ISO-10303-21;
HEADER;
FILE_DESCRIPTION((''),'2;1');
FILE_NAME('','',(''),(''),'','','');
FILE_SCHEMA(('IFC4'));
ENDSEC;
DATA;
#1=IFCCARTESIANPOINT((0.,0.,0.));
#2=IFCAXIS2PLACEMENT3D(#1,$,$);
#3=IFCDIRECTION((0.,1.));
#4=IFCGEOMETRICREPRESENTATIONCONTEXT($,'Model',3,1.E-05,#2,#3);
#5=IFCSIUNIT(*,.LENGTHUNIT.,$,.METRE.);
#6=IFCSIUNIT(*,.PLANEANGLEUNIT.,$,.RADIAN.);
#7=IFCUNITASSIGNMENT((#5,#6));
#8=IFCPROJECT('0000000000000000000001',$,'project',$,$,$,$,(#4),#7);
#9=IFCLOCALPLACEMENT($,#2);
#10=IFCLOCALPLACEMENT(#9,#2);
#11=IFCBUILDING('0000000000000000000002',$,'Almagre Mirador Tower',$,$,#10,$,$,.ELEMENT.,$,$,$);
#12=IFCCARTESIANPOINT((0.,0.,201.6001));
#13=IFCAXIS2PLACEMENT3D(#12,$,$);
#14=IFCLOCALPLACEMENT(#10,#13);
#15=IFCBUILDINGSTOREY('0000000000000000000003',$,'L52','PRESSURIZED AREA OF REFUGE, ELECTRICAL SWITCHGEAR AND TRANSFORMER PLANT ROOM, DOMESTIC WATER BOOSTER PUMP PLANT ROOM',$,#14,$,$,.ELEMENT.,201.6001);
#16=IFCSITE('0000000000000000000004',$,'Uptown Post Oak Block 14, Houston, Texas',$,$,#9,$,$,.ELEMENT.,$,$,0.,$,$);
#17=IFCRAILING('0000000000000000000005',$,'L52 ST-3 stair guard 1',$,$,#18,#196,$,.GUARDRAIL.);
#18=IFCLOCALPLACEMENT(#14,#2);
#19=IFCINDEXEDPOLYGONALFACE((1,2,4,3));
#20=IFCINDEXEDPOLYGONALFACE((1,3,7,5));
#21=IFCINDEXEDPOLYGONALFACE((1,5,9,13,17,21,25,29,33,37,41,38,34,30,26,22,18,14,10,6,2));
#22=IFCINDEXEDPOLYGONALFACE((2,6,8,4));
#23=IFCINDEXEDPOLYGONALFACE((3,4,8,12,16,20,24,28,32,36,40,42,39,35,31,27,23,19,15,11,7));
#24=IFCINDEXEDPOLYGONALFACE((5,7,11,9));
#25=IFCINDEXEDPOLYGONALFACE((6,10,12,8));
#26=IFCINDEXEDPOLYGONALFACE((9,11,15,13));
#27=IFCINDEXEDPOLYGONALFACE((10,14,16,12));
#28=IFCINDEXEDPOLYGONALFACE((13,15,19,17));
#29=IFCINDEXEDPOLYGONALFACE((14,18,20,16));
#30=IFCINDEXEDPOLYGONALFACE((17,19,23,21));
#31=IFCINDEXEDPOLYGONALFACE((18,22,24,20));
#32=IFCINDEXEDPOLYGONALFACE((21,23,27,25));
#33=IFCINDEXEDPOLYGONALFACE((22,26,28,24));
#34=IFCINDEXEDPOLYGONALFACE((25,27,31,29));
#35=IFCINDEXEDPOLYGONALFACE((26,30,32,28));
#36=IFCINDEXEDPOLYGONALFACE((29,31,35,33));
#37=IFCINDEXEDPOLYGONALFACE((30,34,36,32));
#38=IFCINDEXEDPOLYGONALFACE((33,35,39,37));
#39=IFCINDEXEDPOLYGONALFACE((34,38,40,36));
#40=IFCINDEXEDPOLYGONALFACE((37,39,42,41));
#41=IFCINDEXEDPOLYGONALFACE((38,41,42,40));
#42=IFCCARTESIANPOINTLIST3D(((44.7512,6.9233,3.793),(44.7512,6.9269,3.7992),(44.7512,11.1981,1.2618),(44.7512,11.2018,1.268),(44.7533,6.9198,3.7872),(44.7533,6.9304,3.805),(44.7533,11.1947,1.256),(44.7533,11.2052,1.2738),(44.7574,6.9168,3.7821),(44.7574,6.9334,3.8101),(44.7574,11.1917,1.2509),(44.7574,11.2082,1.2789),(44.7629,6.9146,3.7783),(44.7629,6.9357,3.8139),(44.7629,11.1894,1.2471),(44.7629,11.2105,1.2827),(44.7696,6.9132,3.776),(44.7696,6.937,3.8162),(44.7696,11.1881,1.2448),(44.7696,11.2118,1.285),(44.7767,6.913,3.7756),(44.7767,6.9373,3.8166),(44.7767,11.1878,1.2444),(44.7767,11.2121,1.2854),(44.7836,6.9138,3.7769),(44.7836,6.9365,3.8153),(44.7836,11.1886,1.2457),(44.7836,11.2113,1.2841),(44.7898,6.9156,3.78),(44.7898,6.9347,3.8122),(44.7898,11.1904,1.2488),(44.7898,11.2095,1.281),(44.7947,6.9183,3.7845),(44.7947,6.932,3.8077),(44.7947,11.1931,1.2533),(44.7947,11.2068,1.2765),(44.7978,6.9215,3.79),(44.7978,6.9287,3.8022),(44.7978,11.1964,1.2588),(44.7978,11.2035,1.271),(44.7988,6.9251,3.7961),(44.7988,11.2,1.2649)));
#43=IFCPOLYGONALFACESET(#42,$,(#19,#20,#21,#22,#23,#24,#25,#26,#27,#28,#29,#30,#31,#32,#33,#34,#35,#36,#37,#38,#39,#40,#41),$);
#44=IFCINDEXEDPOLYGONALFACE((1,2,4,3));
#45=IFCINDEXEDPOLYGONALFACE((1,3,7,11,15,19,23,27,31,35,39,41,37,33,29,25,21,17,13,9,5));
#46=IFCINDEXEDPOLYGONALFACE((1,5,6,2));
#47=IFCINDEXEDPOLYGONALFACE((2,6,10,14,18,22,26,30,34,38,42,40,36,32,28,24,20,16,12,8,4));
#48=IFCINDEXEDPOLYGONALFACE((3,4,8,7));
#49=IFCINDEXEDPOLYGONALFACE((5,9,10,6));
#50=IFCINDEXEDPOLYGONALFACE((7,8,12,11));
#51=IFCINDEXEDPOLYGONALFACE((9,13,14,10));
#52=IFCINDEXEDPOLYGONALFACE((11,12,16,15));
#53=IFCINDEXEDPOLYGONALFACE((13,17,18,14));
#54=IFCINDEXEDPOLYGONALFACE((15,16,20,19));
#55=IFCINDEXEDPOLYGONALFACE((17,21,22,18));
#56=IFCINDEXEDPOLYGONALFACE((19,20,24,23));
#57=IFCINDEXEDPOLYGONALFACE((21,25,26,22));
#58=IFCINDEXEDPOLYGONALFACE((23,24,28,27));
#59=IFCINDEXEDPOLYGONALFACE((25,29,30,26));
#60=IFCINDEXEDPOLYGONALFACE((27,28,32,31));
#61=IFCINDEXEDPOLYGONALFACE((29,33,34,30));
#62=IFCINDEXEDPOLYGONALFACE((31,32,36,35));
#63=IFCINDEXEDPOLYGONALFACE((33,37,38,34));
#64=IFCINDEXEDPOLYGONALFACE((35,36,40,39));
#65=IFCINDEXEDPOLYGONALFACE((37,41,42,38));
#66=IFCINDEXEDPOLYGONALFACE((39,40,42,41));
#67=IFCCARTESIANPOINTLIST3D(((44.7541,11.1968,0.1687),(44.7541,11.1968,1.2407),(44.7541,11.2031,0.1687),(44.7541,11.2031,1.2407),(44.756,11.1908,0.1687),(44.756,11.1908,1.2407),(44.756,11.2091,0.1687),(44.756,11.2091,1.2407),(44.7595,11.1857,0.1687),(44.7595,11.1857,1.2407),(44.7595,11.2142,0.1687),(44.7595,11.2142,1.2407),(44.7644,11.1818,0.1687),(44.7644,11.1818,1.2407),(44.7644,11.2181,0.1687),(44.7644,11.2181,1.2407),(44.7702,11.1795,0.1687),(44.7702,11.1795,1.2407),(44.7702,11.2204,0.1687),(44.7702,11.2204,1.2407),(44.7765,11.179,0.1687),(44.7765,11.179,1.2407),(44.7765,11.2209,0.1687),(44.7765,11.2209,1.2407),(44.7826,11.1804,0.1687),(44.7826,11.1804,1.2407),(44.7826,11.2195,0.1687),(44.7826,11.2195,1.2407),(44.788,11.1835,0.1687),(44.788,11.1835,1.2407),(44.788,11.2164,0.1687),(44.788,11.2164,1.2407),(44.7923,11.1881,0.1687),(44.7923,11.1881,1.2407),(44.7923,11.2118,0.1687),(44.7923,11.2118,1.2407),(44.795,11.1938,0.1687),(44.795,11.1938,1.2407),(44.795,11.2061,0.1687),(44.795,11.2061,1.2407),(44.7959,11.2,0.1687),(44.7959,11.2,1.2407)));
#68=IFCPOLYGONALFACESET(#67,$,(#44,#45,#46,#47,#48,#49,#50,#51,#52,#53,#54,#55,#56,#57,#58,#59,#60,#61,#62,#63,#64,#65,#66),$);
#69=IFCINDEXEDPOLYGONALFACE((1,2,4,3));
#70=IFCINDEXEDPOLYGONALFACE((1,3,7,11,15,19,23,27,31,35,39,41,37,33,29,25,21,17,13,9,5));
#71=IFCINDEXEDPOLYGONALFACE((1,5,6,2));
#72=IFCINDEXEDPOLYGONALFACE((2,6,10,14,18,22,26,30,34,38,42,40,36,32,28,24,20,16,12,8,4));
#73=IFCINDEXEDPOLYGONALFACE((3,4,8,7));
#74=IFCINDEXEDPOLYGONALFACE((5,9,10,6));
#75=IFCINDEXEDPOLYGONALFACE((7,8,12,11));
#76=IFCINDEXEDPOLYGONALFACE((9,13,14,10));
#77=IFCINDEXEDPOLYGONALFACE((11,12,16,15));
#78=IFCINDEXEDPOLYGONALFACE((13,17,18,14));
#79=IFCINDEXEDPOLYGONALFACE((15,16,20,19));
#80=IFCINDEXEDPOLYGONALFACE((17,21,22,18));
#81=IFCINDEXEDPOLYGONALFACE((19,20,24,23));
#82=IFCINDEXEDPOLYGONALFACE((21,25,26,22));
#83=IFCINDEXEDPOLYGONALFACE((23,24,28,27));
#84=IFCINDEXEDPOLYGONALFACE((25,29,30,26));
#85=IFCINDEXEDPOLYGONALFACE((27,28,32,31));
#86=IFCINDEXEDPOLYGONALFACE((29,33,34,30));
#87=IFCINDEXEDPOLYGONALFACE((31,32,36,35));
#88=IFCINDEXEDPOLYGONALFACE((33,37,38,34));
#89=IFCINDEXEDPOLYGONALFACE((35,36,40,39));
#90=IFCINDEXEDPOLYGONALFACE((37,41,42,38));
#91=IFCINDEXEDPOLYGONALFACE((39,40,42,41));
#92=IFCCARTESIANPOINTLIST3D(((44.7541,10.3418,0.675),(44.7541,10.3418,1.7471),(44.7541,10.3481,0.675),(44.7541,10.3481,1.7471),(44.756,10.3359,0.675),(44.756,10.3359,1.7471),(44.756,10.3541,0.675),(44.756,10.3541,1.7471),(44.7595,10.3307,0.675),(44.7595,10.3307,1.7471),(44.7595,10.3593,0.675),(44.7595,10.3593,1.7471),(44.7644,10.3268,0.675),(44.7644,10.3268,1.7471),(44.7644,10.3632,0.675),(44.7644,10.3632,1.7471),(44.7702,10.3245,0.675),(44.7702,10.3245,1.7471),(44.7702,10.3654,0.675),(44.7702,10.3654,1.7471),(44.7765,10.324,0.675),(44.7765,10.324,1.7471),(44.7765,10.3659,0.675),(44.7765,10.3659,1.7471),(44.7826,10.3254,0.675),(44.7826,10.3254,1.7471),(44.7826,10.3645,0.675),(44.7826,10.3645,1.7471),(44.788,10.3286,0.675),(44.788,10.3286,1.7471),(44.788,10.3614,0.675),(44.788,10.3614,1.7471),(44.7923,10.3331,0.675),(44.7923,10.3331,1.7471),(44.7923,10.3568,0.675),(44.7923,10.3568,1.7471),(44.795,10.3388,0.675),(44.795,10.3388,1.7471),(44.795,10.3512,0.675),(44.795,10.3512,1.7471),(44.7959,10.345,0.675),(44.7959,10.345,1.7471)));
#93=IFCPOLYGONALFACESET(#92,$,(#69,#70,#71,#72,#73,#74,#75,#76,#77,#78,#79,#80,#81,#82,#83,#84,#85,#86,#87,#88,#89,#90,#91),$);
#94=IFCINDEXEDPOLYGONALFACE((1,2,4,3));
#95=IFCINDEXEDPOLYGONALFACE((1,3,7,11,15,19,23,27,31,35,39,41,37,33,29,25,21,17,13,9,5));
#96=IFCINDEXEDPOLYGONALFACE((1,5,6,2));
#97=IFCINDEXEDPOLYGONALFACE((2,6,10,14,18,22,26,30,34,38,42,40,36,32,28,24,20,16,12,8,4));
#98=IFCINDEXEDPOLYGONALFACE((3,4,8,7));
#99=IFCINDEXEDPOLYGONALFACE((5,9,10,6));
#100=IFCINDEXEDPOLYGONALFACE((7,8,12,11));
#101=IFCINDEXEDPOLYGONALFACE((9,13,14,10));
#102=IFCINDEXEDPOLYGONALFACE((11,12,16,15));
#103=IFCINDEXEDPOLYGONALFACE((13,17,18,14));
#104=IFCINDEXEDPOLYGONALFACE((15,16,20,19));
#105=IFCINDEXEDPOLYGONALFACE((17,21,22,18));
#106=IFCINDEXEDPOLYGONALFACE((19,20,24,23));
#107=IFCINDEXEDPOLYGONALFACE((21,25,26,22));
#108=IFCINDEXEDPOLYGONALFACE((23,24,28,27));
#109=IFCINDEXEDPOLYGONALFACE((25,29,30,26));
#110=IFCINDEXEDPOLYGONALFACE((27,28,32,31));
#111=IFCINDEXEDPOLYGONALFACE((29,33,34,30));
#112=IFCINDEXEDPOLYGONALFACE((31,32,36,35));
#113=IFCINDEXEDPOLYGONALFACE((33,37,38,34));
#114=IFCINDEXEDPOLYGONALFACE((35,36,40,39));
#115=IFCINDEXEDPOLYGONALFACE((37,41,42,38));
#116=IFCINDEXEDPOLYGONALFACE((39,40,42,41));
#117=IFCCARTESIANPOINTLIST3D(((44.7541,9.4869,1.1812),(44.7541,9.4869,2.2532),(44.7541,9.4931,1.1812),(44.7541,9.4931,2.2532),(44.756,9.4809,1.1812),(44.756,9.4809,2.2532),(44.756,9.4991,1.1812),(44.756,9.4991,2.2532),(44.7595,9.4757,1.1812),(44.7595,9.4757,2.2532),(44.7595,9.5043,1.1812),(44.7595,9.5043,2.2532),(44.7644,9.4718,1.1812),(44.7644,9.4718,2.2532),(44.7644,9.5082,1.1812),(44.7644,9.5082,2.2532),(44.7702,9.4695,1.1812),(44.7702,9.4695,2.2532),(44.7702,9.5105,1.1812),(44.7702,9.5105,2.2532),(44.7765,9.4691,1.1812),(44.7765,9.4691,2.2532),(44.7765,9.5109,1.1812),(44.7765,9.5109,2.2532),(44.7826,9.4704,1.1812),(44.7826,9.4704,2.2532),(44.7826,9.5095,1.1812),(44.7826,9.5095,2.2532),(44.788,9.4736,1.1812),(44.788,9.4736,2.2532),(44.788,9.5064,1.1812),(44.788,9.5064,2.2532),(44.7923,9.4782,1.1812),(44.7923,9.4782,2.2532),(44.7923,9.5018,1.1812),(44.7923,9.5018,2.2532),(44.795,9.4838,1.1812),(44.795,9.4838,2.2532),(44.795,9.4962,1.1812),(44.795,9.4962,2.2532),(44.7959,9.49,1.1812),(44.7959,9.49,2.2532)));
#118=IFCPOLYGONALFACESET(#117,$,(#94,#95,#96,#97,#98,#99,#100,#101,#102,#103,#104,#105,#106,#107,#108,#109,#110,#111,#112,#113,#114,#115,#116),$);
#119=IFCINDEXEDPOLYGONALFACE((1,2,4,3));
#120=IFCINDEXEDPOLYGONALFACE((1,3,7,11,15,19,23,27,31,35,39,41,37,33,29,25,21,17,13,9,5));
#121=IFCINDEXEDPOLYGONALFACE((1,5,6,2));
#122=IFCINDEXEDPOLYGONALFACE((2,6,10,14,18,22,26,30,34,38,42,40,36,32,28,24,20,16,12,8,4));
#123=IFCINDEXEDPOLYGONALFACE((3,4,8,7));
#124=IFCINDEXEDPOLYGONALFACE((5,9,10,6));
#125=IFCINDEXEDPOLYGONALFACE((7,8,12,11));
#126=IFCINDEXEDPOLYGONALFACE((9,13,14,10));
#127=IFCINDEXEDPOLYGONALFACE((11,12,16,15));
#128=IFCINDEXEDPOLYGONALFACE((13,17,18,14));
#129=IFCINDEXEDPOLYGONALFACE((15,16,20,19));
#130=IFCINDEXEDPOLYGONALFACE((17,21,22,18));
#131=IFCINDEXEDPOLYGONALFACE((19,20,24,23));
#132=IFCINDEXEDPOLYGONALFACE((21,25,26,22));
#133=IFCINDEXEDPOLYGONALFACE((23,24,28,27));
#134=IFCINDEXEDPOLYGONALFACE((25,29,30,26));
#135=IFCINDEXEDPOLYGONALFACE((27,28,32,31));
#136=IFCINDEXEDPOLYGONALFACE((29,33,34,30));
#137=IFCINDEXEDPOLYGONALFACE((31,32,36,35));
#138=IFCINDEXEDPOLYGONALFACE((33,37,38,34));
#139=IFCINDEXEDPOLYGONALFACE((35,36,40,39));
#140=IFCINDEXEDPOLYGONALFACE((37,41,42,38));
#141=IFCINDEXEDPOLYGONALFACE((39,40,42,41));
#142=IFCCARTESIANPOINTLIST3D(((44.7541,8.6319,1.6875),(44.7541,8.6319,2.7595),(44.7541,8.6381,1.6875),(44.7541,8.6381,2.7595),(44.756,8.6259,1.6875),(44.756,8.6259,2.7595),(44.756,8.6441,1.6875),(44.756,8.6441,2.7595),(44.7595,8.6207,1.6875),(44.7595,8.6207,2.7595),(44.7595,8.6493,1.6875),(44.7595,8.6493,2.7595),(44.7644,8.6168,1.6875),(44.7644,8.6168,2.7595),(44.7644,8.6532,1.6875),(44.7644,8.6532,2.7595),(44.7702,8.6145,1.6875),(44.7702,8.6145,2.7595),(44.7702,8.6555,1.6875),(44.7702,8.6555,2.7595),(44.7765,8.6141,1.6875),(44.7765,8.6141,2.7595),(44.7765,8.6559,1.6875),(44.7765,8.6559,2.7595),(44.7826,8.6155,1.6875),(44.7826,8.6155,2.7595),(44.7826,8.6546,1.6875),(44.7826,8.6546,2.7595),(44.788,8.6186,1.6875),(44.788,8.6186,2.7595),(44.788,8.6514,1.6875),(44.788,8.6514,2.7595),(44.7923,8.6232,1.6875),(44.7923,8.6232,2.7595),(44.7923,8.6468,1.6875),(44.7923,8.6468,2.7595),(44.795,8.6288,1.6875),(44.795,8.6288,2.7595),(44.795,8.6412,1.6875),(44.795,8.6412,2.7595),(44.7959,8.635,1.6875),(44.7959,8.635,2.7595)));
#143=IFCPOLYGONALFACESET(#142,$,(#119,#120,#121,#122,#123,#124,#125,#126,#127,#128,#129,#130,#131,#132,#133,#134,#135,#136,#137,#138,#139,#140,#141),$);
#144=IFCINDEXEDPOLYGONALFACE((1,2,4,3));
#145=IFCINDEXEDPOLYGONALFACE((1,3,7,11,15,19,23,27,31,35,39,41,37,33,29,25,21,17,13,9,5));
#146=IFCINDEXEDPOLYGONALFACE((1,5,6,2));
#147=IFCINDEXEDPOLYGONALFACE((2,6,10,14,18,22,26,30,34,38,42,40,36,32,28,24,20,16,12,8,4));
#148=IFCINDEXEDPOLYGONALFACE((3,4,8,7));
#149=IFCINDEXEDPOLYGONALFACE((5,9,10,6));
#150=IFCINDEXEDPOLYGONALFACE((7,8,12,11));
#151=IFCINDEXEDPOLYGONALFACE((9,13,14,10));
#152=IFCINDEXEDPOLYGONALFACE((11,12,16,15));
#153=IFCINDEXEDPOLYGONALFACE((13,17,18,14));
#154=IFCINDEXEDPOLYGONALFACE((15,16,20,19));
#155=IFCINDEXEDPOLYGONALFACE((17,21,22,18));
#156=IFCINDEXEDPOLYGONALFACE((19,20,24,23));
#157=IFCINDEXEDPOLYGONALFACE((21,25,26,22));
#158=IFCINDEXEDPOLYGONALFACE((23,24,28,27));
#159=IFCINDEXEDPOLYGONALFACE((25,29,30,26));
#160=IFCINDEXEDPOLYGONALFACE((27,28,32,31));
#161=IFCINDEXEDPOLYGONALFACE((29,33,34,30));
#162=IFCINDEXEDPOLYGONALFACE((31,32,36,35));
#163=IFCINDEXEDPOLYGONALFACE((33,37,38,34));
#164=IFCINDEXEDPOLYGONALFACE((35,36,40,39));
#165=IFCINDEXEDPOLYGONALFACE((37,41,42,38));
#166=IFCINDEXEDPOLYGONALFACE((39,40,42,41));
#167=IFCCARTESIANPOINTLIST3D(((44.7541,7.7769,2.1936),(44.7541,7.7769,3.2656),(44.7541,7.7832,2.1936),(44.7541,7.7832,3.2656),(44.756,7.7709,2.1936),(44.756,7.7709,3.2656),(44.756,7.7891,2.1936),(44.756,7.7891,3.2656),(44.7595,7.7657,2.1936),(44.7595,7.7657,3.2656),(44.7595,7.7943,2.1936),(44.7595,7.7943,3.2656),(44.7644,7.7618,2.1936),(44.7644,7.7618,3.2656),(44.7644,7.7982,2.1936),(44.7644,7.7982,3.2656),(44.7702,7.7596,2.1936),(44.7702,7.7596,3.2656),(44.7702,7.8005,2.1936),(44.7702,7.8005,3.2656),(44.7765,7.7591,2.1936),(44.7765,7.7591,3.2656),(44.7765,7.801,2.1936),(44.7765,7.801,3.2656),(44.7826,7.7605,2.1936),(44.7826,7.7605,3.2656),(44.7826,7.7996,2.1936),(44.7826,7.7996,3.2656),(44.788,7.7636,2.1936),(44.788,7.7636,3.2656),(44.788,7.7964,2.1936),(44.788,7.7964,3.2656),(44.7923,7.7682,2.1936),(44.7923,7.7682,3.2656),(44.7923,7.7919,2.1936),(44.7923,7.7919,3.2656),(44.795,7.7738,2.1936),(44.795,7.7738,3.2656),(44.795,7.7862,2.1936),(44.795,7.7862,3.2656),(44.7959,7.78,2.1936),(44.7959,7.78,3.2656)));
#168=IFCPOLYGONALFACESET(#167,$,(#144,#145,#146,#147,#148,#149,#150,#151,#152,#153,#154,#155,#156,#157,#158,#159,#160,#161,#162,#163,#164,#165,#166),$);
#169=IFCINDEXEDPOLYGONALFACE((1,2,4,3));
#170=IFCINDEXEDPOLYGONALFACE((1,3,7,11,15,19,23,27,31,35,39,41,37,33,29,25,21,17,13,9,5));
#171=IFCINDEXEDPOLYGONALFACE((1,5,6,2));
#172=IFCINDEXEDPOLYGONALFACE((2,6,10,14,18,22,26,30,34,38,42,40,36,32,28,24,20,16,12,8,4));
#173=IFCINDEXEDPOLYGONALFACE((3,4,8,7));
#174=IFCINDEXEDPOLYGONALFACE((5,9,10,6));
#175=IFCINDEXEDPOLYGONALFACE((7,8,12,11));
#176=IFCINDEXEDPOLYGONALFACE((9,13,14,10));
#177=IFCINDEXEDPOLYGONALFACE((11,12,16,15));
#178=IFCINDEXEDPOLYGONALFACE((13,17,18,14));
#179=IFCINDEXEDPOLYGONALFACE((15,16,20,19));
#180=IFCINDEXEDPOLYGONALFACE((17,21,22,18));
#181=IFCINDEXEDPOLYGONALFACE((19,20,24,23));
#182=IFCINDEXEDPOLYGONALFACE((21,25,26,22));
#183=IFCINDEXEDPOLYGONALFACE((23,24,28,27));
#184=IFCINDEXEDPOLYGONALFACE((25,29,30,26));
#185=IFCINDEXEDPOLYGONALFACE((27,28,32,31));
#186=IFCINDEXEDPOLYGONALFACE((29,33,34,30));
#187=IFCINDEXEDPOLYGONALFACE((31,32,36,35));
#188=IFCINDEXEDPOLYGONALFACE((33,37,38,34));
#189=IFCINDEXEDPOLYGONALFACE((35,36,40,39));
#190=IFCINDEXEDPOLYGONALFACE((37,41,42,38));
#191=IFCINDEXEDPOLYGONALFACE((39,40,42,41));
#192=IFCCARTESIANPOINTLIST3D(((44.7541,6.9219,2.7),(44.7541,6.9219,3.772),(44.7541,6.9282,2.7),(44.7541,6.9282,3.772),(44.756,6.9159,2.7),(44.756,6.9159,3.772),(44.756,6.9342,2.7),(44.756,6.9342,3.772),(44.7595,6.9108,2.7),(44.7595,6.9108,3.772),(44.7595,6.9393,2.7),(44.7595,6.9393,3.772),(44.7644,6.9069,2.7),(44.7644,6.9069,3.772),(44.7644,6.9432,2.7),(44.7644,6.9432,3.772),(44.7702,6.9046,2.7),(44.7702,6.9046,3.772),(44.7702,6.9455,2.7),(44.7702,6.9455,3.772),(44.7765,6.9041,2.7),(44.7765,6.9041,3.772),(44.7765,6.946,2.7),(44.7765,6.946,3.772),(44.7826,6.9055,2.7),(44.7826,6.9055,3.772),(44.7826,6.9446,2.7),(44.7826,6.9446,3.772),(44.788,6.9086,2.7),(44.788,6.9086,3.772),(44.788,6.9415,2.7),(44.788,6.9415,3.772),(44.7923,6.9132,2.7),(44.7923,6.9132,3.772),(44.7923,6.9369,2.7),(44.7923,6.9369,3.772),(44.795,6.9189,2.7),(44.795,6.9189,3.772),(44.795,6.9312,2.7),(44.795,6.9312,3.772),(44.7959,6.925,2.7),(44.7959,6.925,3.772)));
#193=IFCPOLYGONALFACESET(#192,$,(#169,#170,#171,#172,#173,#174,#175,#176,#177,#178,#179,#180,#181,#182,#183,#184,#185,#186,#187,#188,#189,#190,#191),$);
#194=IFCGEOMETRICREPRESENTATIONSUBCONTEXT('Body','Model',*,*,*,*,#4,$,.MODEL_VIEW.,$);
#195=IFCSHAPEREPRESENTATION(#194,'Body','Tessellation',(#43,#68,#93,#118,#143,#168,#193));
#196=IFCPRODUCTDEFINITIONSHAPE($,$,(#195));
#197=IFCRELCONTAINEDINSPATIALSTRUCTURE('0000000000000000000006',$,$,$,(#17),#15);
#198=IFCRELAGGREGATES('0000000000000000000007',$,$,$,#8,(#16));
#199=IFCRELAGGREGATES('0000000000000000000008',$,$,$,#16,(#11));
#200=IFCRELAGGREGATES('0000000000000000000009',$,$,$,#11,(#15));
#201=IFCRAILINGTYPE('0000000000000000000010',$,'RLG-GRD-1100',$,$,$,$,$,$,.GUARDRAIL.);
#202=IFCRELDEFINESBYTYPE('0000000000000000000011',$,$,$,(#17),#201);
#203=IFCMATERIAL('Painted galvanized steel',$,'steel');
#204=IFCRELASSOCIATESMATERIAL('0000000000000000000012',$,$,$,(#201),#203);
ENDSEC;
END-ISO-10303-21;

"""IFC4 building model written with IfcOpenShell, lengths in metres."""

from ifc_helpers import new_model, si_unit, direction, frame, origin, origin_2d, place, context, subcontext, project, spatial, circle, extrude, material, type_object, element, save


model = new_model("IFC4")

# Units and contexts
model_context = context("Model", 3, precision=1e-05, world=origin(), true_north=direction((0.0, 1.0)))
body_context = subcontext(model_context, "Body", "Model", "MODEL_VIEW")
ifc_project = project(units=[si_unit("LENGTHUNIT", "METRE"), si_unit("PLANEANGLEUNIT", "RADIAN")], contexts=[model_context])

# Site, building, storey
site_placement = place(None, origin())
site = spatial("IfcSite", under=ifc_project, at=site_placement, Name="Uptown Post Oak Block 14, Houston, Texas", CompositionType="ELEMENT", RefElevation=0.0)
building_placement = place(site_placement, origin())
building = spatial("IfcBuilding", under=site, at=building_placement, Name="Almagre Mirador Tower", CompositionType="ELEMENT")
storey_placement = place(building_placement, frame((0.0, 0.0, 201.6001)))
storey = spatial("IfcBuildingStorey", under=building, at=storey_placement, Name="L52", Description="PRESSURIZED AREA OF REFUGE, ELECTRICAL SWITCHGEAR AND TRANSFORMER PLANT ROOM, DOMESTIC WATER BOOSTER PUMP PLANT ROOM", CompositionType="ELEMENT", Elevation=201.6001)

# Railing
ifc_material_1 = material(Name="Painted galvanized steel", Category="steel")
railing_type_1 = type_object("IfcRailingType", Name="RLG-GRD-1100", PredefinedType="GUARDRAIL", material=ifc_material_1)
railing_1_placement = place(storey_placement, frame((44.7749, 11.2, 0.1687)))
element("IfcRailing", 1, at=railing_1_placement, inside=storey, type_object=railing_type_1, Name="L52 ST-3 stair guard 1", PredefinedType="GUARDRAIL", context=body_context, shape_type="SweptSolid", body=[
    extrude(circle(Radius=0.0239, at=origin_2d()), frame((0.0, 0.0, 1.0962), z_axis=(0.0, -0.86047, 0.509501), x_axis=(1.0, 0.0, 0.0)), (0.0, 0.0, 1.0), 4.968),
    extrude(circle(Radius=0.021, at=origin_2d()), origin(), (0.0, 0.0, 1.0), 1.072),
    extrude(circle(Radius=0.021, at=origin_2d()), frame((0.0, -0.855, 0.5063)), (0.0, 0.0, 1.0), 1.072),
    extrude(circle(Radius=0.021, at=origin_2d()), frame((0.0, -1.71, 1.0125)), (0.0, 0.0, 1.0), 1.072),
    extrude(circle(Radius=0.021, at=origin_2d()), frame((0.0, -2.5649, 1.5188)), (0.0, 0.0, 1.0), 1.072),
    extrude(circle(Radius=0.021, at=origin_2d()), frame((0.0, -3.4199, 2.0249)), (0.0, 0.0, 1.0), 1.072),
    extrude(circle(Radius=0.021, at=origin_2d()), frame((0.0, -4.2749, 2.5312)), (0.0, 0.0, 1.0), 1.072),
])

save(model, "model.ifc")
